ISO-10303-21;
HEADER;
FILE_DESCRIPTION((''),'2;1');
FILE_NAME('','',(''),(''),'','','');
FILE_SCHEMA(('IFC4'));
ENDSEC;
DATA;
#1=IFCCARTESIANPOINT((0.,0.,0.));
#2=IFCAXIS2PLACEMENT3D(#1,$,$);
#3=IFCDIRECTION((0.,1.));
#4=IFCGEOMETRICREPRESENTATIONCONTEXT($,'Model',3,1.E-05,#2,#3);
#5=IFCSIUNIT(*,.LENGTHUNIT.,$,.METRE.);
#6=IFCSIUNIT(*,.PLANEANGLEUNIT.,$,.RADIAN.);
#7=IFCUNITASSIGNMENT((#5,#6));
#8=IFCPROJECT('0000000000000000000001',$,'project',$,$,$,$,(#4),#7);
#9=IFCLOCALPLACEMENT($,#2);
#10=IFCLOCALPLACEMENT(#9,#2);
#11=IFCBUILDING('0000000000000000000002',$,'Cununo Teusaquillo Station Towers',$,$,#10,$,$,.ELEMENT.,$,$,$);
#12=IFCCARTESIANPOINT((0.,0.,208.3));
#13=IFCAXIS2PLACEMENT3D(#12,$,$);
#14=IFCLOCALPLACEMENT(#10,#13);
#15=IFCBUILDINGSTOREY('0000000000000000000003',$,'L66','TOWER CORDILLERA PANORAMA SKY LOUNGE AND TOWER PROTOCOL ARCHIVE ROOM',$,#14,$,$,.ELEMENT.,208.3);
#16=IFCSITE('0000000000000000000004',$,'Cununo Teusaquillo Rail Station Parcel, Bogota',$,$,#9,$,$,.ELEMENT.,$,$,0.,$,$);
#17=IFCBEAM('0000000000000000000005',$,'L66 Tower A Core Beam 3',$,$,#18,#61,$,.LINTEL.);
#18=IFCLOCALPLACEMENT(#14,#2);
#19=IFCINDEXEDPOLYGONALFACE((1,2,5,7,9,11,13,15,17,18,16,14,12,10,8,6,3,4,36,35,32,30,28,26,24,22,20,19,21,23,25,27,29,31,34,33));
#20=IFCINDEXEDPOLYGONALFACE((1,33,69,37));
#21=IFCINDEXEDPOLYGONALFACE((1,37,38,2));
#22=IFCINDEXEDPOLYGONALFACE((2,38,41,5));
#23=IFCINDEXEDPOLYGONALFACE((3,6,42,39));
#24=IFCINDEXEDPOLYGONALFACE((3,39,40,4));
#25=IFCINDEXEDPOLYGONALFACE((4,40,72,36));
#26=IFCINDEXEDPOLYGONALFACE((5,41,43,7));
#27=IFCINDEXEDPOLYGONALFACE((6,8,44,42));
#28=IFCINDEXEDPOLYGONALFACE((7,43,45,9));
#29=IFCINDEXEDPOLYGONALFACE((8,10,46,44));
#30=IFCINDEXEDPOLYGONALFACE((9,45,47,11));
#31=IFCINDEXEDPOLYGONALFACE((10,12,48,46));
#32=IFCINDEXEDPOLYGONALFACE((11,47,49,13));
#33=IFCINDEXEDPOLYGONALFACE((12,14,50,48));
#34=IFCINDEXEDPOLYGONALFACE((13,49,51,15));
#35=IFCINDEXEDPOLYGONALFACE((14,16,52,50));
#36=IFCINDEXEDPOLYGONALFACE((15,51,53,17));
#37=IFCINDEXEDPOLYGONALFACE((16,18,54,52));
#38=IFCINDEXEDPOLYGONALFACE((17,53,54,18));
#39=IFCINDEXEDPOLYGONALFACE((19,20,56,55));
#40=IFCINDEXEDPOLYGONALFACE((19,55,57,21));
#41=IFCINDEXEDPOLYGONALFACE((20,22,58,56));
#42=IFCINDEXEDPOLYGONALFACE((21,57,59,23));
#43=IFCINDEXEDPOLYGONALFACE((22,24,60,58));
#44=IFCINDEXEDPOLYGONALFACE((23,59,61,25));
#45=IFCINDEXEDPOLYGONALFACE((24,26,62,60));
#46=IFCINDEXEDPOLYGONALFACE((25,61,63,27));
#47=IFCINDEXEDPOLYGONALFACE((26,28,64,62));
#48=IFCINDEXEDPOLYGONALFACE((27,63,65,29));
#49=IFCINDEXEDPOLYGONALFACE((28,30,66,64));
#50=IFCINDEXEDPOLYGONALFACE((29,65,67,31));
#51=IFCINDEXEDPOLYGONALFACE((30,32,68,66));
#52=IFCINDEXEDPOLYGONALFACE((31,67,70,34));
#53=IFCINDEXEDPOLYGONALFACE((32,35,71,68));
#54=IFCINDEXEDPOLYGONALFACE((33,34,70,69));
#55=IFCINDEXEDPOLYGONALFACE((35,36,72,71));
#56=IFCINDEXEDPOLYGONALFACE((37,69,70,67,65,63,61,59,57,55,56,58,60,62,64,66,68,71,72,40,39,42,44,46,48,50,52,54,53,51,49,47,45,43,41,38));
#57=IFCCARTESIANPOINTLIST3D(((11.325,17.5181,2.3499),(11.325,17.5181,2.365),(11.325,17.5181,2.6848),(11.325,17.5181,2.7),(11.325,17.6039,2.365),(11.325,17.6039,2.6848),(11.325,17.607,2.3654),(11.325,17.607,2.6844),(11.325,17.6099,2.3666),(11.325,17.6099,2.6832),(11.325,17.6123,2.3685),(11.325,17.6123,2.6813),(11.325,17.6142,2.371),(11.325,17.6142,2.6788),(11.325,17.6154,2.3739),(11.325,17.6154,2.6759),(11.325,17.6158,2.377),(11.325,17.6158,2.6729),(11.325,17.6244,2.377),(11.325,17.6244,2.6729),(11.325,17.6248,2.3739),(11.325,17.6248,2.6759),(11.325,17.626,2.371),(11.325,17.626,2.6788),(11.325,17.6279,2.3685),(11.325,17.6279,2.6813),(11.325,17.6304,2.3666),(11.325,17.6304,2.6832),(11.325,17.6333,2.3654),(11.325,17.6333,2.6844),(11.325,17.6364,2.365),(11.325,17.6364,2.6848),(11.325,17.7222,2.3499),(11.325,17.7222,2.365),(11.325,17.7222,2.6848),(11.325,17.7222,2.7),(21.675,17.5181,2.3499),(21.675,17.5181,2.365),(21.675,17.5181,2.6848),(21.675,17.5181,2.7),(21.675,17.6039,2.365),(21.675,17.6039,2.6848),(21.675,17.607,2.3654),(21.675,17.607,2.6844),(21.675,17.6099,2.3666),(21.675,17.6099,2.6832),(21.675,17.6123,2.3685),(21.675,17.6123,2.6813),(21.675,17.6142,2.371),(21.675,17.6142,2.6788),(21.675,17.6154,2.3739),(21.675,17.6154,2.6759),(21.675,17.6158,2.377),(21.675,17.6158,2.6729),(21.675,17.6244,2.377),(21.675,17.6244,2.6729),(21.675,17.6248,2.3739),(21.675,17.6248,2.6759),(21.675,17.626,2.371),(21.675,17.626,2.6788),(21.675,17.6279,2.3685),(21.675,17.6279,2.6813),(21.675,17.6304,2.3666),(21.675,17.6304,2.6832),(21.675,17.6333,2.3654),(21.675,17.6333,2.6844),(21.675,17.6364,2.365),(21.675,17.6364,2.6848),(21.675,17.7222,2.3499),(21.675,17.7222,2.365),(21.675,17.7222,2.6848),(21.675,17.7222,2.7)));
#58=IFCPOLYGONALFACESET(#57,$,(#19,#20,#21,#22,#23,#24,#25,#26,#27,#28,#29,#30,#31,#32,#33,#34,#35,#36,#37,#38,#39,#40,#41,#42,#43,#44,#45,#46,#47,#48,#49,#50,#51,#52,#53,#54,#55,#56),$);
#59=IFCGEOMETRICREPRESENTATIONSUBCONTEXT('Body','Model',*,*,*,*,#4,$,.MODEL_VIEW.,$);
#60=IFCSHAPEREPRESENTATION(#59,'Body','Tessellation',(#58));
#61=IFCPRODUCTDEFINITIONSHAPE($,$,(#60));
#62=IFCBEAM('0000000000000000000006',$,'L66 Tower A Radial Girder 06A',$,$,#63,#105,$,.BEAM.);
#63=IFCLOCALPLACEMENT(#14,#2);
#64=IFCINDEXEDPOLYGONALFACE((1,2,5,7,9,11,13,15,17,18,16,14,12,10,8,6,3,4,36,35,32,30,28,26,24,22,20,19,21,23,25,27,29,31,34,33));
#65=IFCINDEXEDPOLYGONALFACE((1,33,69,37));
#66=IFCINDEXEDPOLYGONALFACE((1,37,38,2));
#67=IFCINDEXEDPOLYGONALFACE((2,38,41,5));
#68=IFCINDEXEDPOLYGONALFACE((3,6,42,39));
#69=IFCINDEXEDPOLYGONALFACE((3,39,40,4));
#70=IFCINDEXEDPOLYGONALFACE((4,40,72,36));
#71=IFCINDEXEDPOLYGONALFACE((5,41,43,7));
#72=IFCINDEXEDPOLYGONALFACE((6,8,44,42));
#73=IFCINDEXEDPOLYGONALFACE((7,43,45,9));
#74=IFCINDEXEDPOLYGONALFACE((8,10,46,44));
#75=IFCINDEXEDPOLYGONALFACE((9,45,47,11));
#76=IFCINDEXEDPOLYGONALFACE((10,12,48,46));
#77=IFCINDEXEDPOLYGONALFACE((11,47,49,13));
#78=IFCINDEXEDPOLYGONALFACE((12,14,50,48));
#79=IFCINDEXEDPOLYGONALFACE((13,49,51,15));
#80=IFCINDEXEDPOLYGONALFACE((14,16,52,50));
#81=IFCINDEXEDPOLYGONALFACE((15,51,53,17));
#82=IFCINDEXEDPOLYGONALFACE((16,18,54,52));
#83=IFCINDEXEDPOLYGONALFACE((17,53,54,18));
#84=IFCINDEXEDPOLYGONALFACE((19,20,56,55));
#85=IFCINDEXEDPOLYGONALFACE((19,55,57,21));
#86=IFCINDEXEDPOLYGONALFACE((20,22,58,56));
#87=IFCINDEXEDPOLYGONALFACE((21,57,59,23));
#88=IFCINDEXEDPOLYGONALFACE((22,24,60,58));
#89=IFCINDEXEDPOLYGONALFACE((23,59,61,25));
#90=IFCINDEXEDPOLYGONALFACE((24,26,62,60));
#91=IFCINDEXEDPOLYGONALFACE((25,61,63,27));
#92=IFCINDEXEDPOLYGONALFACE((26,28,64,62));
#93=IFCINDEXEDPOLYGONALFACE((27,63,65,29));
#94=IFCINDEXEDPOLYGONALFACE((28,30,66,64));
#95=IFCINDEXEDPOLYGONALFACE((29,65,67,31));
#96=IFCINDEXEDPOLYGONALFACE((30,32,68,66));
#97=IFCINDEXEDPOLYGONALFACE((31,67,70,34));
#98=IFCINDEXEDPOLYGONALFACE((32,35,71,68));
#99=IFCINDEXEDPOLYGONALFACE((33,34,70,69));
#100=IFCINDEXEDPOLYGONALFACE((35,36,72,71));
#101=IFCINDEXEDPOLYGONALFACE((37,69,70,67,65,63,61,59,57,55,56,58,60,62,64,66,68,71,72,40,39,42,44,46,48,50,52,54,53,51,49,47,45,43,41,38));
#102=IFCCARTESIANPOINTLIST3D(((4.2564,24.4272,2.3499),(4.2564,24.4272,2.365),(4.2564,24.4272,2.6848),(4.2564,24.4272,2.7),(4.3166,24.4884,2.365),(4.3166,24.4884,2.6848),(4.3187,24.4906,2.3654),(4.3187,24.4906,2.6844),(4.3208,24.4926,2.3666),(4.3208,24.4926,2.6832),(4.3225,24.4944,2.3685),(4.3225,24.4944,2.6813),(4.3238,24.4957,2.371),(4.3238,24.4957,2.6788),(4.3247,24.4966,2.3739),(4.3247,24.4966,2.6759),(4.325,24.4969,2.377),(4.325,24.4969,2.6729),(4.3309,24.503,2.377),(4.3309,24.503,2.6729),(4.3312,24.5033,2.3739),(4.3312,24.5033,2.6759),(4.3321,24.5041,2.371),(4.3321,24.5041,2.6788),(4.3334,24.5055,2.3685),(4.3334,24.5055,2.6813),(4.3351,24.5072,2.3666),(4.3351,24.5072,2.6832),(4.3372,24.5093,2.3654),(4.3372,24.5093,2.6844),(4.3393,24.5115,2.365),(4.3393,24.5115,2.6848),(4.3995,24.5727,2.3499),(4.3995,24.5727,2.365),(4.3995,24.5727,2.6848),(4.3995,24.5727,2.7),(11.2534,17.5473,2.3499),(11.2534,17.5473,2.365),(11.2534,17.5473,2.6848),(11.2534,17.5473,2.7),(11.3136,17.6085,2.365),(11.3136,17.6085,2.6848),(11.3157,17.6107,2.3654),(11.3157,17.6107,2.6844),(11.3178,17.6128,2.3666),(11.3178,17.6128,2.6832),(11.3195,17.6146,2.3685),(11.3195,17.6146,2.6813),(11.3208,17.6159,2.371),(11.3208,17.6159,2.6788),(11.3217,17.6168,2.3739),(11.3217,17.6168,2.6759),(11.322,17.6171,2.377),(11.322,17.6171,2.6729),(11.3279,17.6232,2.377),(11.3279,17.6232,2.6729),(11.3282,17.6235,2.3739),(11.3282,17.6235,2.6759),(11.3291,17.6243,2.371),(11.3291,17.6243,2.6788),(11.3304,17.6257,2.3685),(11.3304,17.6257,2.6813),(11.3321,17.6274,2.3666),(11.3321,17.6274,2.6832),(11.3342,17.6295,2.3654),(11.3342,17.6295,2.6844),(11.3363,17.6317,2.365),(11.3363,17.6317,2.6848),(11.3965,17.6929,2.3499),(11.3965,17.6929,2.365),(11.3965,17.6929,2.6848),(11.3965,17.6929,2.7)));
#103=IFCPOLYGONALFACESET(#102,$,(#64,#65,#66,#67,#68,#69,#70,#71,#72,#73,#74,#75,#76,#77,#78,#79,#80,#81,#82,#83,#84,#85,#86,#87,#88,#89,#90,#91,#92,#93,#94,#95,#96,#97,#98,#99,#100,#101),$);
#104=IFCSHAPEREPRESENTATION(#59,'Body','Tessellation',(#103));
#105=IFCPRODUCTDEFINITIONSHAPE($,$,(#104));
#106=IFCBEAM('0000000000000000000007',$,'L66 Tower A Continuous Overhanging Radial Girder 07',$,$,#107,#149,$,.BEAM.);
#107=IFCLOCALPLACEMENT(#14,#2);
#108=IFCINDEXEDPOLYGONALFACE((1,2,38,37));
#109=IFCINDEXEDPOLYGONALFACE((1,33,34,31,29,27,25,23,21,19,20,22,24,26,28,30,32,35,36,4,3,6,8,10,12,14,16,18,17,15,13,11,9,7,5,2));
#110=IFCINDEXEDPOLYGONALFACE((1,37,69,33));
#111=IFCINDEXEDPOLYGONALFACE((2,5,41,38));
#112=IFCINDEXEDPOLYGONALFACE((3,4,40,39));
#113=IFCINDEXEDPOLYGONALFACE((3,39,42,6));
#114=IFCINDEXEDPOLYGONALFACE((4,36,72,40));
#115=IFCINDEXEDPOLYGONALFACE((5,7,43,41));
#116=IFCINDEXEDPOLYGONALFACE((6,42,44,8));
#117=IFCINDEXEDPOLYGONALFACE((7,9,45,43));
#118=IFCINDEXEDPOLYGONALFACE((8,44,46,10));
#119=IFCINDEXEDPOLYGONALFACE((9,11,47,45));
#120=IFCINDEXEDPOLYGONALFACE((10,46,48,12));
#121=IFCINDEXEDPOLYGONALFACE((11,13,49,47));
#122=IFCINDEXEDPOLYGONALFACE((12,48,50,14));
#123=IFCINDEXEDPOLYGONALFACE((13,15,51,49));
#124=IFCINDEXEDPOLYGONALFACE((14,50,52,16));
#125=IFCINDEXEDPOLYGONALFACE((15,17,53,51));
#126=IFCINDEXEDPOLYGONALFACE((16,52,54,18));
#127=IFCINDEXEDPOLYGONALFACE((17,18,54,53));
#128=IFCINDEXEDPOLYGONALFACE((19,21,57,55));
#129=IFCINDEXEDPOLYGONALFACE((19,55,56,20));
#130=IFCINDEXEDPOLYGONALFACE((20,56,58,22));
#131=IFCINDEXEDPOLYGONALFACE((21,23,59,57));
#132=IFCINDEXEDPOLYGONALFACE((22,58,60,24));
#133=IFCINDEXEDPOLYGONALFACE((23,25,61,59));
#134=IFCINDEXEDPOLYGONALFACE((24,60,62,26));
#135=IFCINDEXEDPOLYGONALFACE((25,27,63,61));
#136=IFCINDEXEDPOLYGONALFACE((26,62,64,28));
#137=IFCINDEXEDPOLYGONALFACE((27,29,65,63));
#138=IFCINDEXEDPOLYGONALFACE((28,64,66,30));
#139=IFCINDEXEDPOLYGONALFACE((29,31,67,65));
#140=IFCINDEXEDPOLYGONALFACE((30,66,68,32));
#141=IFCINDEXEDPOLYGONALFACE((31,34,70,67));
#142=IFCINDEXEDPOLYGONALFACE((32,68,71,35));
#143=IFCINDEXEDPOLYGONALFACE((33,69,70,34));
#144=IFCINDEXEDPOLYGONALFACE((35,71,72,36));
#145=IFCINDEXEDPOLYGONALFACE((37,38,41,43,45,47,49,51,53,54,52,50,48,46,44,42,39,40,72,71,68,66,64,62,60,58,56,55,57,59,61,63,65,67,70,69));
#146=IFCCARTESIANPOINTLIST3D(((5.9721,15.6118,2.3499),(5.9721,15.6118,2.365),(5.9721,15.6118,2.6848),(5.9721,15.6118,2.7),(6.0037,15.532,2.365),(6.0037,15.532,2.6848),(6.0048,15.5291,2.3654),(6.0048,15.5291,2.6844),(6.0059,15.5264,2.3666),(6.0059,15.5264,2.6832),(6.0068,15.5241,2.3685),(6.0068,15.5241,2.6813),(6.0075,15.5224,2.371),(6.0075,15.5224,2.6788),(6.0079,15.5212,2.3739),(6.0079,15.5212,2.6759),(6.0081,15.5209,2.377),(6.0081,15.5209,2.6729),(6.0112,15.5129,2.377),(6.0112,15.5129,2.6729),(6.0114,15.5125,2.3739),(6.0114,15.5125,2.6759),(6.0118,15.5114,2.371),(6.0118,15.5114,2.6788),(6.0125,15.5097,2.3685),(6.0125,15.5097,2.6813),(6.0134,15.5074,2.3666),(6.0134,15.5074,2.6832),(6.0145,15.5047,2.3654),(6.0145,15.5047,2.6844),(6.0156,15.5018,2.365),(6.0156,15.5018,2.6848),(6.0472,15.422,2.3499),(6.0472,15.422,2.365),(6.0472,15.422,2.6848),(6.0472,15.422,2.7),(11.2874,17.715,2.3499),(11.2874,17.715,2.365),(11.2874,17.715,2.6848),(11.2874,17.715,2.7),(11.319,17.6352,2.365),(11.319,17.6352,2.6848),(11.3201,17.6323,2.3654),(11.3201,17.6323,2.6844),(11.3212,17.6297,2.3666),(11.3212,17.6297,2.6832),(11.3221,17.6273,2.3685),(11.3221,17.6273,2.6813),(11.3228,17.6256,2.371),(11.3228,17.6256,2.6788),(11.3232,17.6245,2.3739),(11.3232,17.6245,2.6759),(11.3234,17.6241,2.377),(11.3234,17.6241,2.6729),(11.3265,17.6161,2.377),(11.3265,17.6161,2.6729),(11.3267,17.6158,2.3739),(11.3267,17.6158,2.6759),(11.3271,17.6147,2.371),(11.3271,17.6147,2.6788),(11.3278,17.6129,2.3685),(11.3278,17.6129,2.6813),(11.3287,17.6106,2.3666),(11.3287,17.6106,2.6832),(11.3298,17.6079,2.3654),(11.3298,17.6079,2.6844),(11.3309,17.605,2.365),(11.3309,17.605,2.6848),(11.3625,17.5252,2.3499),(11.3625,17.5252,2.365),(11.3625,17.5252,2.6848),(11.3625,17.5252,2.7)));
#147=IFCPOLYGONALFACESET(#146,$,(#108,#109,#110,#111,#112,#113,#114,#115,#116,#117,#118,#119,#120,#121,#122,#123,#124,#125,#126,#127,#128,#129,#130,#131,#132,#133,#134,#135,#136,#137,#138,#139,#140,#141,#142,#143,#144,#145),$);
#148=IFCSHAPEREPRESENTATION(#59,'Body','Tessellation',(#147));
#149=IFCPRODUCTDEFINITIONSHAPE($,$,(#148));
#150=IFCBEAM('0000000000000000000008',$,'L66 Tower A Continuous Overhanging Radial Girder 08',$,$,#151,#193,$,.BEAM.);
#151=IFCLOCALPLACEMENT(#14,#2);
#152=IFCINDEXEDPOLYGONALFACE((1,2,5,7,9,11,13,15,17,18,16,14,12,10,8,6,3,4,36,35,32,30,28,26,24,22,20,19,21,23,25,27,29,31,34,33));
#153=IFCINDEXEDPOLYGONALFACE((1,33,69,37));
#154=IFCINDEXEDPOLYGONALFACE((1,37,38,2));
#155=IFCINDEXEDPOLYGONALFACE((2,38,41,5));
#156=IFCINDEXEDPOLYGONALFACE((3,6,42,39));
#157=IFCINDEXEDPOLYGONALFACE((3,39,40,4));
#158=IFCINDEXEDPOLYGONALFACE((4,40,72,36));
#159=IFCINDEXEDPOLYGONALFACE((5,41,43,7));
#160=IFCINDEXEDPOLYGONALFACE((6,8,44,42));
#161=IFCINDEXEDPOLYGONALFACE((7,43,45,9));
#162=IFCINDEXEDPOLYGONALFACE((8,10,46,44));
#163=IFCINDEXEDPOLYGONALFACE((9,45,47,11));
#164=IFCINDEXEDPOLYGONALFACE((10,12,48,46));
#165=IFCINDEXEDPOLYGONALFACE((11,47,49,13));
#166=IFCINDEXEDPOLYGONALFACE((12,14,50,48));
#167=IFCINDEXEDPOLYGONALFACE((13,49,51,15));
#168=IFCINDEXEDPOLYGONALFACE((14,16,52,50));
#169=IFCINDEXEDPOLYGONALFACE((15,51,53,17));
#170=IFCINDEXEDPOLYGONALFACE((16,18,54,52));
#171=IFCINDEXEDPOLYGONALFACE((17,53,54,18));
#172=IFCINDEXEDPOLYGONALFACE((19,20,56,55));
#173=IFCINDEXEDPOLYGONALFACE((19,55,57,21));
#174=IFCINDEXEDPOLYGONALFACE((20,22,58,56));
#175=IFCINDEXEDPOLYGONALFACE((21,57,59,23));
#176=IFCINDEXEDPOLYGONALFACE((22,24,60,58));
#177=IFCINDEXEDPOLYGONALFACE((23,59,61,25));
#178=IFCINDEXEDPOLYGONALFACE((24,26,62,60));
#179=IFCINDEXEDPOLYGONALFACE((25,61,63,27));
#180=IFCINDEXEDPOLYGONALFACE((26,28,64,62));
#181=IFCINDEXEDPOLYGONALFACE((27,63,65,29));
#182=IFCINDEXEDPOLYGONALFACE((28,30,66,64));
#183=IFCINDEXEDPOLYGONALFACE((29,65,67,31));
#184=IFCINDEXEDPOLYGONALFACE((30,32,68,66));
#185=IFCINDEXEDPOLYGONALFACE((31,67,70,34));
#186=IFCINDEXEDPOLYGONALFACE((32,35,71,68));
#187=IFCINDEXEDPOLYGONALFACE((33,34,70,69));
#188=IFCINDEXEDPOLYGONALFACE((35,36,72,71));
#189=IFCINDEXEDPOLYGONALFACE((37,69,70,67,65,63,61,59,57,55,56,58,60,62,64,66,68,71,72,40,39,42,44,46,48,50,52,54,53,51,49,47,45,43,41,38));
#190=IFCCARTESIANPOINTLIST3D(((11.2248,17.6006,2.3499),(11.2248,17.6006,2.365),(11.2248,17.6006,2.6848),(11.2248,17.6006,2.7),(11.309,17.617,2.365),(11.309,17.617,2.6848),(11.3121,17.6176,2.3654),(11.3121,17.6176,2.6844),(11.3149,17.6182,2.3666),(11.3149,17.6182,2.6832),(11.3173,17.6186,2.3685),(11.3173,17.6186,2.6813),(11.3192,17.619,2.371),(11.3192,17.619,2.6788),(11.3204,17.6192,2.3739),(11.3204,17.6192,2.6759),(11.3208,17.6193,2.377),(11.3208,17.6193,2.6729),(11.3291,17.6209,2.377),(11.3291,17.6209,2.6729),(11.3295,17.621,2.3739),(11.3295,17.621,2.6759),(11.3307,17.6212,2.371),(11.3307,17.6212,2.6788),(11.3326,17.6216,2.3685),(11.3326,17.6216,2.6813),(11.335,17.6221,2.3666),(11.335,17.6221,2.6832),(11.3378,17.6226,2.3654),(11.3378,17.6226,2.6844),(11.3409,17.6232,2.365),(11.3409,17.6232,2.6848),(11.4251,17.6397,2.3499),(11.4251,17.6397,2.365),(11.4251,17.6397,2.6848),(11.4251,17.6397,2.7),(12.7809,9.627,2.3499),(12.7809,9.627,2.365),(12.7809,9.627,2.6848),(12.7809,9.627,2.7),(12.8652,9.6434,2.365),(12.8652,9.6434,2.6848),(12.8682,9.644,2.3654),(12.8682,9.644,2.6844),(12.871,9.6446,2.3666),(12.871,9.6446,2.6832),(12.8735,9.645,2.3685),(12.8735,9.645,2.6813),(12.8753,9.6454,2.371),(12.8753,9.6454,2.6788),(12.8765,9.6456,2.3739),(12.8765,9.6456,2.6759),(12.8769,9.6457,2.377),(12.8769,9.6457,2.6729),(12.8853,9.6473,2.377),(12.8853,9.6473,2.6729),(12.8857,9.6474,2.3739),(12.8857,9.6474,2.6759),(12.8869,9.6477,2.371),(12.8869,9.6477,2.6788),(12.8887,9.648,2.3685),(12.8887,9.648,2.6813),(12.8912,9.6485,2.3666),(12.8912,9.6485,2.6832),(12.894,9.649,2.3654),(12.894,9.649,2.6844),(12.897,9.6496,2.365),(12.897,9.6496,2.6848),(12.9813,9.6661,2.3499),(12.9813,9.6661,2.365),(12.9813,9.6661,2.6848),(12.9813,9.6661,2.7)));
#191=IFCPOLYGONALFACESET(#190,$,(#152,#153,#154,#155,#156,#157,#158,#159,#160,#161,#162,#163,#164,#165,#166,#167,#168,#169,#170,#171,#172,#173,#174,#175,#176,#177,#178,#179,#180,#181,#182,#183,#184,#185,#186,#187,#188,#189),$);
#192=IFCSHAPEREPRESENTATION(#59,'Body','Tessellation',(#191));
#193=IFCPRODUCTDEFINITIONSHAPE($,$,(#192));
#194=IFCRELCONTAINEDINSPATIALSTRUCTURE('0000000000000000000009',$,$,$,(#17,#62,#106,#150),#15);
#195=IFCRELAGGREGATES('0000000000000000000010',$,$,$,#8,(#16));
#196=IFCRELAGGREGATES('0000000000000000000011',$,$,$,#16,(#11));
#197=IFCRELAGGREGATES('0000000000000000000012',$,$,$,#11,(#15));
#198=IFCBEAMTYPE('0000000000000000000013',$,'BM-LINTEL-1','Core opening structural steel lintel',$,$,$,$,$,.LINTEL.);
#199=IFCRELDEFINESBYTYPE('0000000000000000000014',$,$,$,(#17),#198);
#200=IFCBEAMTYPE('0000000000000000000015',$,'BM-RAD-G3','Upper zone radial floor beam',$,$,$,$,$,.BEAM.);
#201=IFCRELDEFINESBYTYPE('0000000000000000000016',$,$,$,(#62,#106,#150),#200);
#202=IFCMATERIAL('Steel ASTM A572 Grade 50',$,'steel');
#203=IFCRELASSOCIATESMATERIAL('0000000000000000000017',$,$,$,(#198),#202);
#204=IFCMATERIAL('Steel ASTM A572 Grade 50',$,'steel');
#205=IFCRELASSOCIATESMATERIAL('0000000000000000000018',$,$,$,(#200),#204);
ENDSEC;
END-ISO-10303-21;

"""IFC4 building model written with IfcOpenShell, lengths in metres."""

from ifc_helpers import new_model, si_unit, direction, frame, origin, origin_2d, place, context, subcontext, project, spatial, i_section, extrude, material, material_profile, profile_set, type_object, element, save


model = new_model("IFC4")

# Units and contexts
model_context = context("Model", 3, precision=1e-05, world=origin(), true_north=direction((0.0, 1.0)))
body_context = subcontext(model_context, "Body", "Model", "MODEL_VIEW")
ifc_project = project(units=[si_unit("LENGTHUNIT", "METRE"), si_unit("PLANEANGLEUNIT", "RADIAN")], contexts=[model_context])

# Site, building, storey
site_placement = place(None, origin())
site = spatial("IfcSite", under=ifc_project, at=site_placement, Name="Cununo Teusaquillo Rail Station Parcel, Bogota", CompositionType="ELEMENT", RefElevation=0.0)
building_placement = place(site_placement, origin())
building = spatial("IfcBuilding", under=site, at=building_placement, Name="Cununo Teusaquillo Station Towers", CompositionType="ELEMENT")
storey_placement = place(building_placement, frame((0.0, 0.0, 208.3)))
storey = spatial("IfcBuildingStorey", under=building, at=storey_placement, Name="L66", Description="TOWER CORDILLERA PANORAMA SKY LOUNGE AND TOWER PROTOCOL ARCHIVE ROOM", CompositionType="ELEMENT", Elevation=208.3)

# Beams
ifc_material_1 = material(Name="Steel ASTM A572 Grade 50", Category="steel")
ifc_material_profile_1 = material_profile(ifc_material_1, i_section(OverallWidth=0.2041, OverallDepth=0.3501, WebThickness=0.0085, FlangeThickness=0.0151, FilletRadius=0.012, at=origin_2d()), Name="W14X48")
ifc_profile_set_1 = profile_set([ifc_material_profile_1], Name="Steel ASTM A572 Grade 50")
beam_type_1 = type_object("IfcBeamType", Name="BM-LINTEL-1", Description="Core opening structural steel lintel", PredefinedType="LINTEL", material=ifc_profile_set_1)
beam_1_placement = place(storey_placement, frame((11.325, 17.6201, 2.5249), z_axis=(1.0, 0.0, 0.0), x_axis=(0.0, 1.0, 0.0)))
element("IfcBeam", 1, at=beam_1_placement, inside=storey, type_object=beam_type_1, Name="L66 Tower A Core Beam 3", PredefinedType="LINTEL", context=body_context, shape_type="SweptSolid", body=[
    extrude(i_section(OverallWidth=0.2041, OverallDepth=0.3501, WebThickness=0.0085, FlangeThickness=0.0151, FilletRadius=0.012, at=origin_2d()), origin(), (0.0, 0.0, 1.0), 10.3501),
])
ifc_material_2 = material(Name="Steel ASTM A572 Grade 50", Category="steel")
ifc_material_profile_2 = material_profile(ifc_material_2, i_section(OverallWidth=0.2041, OverallDepth=0.3501, WebThickness=0.0085, FlangeThickness=0.0151, FilletRadius=0.012, at=origin_2d()), Name="W14X48")
ifc_profile_set_2 = profile_set([ifc_material_profile_2], Name="Steel ASTM A572 Grade 50")
beam_type_2 = type_object("IfcBeamType", Name="BM-RAD-G3", Description="Upper zone radial floor beam", PredefinedType="BEAM", material=ifc_profile_set_2)
beam_2_placement = place(storey_placement, frame((11.325, 17.6201, 2.5249), z_axis=(-0.713053, 0.70111, 0.0), x_axis=(-0.70111, -0.713053, 0.0)))
element("IfcBeam", 2, at=beam_2_placement, inside=storey, type_object=beam_type_2, Name="L66 Tower A Radial Girder 06A", PredefinedType="BEAM", context=body_context, shape_type="SweptSolid", body=[
    extrude(i_section(OverallWidth=0.2041, OverallDepth=0.3501, WebThickness=0.0085, FlangeThickness=0.0151, FilletRadius=0.012, at=origin_2d()), origin(), (0.0, 0.0, 1.0), 9.8127),
])
beam_3_placement = place(storey_placement, frame((11.325, 17.6201, 2.5249), z_axis=(-0.929852, -0.367935, 0.0), x_axis=(0.367935, -0.929852, 0.0)))
element("IfcBeam", 3, at=beam_3_placement, inside=storey, type_object=beam_type_2, Name="L66 Tower A Continuous Overhanging Radial Girder 07", PredefinedType="BEAM", context=body_context, shape_type="SweptSolid", body=[
    extrude(i_section(OverallWidth=0.2041, OverallDepth=0.3501, WebThickness=0.0085, FlangeThickness=0.0151, FilletRadius=0.012, at=origin_2d()), origin(), (0.0, 0.0, 1.0), 5.7163),
])
beam_4_placement = place(storey_placement, frame((11.325, 17.6201, 2.5249), z_axis=(0.191548, -0.981483, 0.0), x_axis=(0.981483, 0.191548, 0.0)))
element("IfcBeam", 4, at=beam_4_placement, inside=storey, type_object=beam_type_2, Name="L66 Tower A Continuous Overhanging Radial Girder 08", PredefinedType="BEAM", context=body_context, shape_type="SweptSolid", body=[
    extrude(i_section(OverallWidth=0.2041, OverallDepth=0.3501, WebThickness=0.0085, FlangeThickness=0.0151, FilletRadius=0.012, at=origin_2d()), origin(), (0.0, 0.0, 1.0), 8.124),
])

save(model, "model.ifc")
